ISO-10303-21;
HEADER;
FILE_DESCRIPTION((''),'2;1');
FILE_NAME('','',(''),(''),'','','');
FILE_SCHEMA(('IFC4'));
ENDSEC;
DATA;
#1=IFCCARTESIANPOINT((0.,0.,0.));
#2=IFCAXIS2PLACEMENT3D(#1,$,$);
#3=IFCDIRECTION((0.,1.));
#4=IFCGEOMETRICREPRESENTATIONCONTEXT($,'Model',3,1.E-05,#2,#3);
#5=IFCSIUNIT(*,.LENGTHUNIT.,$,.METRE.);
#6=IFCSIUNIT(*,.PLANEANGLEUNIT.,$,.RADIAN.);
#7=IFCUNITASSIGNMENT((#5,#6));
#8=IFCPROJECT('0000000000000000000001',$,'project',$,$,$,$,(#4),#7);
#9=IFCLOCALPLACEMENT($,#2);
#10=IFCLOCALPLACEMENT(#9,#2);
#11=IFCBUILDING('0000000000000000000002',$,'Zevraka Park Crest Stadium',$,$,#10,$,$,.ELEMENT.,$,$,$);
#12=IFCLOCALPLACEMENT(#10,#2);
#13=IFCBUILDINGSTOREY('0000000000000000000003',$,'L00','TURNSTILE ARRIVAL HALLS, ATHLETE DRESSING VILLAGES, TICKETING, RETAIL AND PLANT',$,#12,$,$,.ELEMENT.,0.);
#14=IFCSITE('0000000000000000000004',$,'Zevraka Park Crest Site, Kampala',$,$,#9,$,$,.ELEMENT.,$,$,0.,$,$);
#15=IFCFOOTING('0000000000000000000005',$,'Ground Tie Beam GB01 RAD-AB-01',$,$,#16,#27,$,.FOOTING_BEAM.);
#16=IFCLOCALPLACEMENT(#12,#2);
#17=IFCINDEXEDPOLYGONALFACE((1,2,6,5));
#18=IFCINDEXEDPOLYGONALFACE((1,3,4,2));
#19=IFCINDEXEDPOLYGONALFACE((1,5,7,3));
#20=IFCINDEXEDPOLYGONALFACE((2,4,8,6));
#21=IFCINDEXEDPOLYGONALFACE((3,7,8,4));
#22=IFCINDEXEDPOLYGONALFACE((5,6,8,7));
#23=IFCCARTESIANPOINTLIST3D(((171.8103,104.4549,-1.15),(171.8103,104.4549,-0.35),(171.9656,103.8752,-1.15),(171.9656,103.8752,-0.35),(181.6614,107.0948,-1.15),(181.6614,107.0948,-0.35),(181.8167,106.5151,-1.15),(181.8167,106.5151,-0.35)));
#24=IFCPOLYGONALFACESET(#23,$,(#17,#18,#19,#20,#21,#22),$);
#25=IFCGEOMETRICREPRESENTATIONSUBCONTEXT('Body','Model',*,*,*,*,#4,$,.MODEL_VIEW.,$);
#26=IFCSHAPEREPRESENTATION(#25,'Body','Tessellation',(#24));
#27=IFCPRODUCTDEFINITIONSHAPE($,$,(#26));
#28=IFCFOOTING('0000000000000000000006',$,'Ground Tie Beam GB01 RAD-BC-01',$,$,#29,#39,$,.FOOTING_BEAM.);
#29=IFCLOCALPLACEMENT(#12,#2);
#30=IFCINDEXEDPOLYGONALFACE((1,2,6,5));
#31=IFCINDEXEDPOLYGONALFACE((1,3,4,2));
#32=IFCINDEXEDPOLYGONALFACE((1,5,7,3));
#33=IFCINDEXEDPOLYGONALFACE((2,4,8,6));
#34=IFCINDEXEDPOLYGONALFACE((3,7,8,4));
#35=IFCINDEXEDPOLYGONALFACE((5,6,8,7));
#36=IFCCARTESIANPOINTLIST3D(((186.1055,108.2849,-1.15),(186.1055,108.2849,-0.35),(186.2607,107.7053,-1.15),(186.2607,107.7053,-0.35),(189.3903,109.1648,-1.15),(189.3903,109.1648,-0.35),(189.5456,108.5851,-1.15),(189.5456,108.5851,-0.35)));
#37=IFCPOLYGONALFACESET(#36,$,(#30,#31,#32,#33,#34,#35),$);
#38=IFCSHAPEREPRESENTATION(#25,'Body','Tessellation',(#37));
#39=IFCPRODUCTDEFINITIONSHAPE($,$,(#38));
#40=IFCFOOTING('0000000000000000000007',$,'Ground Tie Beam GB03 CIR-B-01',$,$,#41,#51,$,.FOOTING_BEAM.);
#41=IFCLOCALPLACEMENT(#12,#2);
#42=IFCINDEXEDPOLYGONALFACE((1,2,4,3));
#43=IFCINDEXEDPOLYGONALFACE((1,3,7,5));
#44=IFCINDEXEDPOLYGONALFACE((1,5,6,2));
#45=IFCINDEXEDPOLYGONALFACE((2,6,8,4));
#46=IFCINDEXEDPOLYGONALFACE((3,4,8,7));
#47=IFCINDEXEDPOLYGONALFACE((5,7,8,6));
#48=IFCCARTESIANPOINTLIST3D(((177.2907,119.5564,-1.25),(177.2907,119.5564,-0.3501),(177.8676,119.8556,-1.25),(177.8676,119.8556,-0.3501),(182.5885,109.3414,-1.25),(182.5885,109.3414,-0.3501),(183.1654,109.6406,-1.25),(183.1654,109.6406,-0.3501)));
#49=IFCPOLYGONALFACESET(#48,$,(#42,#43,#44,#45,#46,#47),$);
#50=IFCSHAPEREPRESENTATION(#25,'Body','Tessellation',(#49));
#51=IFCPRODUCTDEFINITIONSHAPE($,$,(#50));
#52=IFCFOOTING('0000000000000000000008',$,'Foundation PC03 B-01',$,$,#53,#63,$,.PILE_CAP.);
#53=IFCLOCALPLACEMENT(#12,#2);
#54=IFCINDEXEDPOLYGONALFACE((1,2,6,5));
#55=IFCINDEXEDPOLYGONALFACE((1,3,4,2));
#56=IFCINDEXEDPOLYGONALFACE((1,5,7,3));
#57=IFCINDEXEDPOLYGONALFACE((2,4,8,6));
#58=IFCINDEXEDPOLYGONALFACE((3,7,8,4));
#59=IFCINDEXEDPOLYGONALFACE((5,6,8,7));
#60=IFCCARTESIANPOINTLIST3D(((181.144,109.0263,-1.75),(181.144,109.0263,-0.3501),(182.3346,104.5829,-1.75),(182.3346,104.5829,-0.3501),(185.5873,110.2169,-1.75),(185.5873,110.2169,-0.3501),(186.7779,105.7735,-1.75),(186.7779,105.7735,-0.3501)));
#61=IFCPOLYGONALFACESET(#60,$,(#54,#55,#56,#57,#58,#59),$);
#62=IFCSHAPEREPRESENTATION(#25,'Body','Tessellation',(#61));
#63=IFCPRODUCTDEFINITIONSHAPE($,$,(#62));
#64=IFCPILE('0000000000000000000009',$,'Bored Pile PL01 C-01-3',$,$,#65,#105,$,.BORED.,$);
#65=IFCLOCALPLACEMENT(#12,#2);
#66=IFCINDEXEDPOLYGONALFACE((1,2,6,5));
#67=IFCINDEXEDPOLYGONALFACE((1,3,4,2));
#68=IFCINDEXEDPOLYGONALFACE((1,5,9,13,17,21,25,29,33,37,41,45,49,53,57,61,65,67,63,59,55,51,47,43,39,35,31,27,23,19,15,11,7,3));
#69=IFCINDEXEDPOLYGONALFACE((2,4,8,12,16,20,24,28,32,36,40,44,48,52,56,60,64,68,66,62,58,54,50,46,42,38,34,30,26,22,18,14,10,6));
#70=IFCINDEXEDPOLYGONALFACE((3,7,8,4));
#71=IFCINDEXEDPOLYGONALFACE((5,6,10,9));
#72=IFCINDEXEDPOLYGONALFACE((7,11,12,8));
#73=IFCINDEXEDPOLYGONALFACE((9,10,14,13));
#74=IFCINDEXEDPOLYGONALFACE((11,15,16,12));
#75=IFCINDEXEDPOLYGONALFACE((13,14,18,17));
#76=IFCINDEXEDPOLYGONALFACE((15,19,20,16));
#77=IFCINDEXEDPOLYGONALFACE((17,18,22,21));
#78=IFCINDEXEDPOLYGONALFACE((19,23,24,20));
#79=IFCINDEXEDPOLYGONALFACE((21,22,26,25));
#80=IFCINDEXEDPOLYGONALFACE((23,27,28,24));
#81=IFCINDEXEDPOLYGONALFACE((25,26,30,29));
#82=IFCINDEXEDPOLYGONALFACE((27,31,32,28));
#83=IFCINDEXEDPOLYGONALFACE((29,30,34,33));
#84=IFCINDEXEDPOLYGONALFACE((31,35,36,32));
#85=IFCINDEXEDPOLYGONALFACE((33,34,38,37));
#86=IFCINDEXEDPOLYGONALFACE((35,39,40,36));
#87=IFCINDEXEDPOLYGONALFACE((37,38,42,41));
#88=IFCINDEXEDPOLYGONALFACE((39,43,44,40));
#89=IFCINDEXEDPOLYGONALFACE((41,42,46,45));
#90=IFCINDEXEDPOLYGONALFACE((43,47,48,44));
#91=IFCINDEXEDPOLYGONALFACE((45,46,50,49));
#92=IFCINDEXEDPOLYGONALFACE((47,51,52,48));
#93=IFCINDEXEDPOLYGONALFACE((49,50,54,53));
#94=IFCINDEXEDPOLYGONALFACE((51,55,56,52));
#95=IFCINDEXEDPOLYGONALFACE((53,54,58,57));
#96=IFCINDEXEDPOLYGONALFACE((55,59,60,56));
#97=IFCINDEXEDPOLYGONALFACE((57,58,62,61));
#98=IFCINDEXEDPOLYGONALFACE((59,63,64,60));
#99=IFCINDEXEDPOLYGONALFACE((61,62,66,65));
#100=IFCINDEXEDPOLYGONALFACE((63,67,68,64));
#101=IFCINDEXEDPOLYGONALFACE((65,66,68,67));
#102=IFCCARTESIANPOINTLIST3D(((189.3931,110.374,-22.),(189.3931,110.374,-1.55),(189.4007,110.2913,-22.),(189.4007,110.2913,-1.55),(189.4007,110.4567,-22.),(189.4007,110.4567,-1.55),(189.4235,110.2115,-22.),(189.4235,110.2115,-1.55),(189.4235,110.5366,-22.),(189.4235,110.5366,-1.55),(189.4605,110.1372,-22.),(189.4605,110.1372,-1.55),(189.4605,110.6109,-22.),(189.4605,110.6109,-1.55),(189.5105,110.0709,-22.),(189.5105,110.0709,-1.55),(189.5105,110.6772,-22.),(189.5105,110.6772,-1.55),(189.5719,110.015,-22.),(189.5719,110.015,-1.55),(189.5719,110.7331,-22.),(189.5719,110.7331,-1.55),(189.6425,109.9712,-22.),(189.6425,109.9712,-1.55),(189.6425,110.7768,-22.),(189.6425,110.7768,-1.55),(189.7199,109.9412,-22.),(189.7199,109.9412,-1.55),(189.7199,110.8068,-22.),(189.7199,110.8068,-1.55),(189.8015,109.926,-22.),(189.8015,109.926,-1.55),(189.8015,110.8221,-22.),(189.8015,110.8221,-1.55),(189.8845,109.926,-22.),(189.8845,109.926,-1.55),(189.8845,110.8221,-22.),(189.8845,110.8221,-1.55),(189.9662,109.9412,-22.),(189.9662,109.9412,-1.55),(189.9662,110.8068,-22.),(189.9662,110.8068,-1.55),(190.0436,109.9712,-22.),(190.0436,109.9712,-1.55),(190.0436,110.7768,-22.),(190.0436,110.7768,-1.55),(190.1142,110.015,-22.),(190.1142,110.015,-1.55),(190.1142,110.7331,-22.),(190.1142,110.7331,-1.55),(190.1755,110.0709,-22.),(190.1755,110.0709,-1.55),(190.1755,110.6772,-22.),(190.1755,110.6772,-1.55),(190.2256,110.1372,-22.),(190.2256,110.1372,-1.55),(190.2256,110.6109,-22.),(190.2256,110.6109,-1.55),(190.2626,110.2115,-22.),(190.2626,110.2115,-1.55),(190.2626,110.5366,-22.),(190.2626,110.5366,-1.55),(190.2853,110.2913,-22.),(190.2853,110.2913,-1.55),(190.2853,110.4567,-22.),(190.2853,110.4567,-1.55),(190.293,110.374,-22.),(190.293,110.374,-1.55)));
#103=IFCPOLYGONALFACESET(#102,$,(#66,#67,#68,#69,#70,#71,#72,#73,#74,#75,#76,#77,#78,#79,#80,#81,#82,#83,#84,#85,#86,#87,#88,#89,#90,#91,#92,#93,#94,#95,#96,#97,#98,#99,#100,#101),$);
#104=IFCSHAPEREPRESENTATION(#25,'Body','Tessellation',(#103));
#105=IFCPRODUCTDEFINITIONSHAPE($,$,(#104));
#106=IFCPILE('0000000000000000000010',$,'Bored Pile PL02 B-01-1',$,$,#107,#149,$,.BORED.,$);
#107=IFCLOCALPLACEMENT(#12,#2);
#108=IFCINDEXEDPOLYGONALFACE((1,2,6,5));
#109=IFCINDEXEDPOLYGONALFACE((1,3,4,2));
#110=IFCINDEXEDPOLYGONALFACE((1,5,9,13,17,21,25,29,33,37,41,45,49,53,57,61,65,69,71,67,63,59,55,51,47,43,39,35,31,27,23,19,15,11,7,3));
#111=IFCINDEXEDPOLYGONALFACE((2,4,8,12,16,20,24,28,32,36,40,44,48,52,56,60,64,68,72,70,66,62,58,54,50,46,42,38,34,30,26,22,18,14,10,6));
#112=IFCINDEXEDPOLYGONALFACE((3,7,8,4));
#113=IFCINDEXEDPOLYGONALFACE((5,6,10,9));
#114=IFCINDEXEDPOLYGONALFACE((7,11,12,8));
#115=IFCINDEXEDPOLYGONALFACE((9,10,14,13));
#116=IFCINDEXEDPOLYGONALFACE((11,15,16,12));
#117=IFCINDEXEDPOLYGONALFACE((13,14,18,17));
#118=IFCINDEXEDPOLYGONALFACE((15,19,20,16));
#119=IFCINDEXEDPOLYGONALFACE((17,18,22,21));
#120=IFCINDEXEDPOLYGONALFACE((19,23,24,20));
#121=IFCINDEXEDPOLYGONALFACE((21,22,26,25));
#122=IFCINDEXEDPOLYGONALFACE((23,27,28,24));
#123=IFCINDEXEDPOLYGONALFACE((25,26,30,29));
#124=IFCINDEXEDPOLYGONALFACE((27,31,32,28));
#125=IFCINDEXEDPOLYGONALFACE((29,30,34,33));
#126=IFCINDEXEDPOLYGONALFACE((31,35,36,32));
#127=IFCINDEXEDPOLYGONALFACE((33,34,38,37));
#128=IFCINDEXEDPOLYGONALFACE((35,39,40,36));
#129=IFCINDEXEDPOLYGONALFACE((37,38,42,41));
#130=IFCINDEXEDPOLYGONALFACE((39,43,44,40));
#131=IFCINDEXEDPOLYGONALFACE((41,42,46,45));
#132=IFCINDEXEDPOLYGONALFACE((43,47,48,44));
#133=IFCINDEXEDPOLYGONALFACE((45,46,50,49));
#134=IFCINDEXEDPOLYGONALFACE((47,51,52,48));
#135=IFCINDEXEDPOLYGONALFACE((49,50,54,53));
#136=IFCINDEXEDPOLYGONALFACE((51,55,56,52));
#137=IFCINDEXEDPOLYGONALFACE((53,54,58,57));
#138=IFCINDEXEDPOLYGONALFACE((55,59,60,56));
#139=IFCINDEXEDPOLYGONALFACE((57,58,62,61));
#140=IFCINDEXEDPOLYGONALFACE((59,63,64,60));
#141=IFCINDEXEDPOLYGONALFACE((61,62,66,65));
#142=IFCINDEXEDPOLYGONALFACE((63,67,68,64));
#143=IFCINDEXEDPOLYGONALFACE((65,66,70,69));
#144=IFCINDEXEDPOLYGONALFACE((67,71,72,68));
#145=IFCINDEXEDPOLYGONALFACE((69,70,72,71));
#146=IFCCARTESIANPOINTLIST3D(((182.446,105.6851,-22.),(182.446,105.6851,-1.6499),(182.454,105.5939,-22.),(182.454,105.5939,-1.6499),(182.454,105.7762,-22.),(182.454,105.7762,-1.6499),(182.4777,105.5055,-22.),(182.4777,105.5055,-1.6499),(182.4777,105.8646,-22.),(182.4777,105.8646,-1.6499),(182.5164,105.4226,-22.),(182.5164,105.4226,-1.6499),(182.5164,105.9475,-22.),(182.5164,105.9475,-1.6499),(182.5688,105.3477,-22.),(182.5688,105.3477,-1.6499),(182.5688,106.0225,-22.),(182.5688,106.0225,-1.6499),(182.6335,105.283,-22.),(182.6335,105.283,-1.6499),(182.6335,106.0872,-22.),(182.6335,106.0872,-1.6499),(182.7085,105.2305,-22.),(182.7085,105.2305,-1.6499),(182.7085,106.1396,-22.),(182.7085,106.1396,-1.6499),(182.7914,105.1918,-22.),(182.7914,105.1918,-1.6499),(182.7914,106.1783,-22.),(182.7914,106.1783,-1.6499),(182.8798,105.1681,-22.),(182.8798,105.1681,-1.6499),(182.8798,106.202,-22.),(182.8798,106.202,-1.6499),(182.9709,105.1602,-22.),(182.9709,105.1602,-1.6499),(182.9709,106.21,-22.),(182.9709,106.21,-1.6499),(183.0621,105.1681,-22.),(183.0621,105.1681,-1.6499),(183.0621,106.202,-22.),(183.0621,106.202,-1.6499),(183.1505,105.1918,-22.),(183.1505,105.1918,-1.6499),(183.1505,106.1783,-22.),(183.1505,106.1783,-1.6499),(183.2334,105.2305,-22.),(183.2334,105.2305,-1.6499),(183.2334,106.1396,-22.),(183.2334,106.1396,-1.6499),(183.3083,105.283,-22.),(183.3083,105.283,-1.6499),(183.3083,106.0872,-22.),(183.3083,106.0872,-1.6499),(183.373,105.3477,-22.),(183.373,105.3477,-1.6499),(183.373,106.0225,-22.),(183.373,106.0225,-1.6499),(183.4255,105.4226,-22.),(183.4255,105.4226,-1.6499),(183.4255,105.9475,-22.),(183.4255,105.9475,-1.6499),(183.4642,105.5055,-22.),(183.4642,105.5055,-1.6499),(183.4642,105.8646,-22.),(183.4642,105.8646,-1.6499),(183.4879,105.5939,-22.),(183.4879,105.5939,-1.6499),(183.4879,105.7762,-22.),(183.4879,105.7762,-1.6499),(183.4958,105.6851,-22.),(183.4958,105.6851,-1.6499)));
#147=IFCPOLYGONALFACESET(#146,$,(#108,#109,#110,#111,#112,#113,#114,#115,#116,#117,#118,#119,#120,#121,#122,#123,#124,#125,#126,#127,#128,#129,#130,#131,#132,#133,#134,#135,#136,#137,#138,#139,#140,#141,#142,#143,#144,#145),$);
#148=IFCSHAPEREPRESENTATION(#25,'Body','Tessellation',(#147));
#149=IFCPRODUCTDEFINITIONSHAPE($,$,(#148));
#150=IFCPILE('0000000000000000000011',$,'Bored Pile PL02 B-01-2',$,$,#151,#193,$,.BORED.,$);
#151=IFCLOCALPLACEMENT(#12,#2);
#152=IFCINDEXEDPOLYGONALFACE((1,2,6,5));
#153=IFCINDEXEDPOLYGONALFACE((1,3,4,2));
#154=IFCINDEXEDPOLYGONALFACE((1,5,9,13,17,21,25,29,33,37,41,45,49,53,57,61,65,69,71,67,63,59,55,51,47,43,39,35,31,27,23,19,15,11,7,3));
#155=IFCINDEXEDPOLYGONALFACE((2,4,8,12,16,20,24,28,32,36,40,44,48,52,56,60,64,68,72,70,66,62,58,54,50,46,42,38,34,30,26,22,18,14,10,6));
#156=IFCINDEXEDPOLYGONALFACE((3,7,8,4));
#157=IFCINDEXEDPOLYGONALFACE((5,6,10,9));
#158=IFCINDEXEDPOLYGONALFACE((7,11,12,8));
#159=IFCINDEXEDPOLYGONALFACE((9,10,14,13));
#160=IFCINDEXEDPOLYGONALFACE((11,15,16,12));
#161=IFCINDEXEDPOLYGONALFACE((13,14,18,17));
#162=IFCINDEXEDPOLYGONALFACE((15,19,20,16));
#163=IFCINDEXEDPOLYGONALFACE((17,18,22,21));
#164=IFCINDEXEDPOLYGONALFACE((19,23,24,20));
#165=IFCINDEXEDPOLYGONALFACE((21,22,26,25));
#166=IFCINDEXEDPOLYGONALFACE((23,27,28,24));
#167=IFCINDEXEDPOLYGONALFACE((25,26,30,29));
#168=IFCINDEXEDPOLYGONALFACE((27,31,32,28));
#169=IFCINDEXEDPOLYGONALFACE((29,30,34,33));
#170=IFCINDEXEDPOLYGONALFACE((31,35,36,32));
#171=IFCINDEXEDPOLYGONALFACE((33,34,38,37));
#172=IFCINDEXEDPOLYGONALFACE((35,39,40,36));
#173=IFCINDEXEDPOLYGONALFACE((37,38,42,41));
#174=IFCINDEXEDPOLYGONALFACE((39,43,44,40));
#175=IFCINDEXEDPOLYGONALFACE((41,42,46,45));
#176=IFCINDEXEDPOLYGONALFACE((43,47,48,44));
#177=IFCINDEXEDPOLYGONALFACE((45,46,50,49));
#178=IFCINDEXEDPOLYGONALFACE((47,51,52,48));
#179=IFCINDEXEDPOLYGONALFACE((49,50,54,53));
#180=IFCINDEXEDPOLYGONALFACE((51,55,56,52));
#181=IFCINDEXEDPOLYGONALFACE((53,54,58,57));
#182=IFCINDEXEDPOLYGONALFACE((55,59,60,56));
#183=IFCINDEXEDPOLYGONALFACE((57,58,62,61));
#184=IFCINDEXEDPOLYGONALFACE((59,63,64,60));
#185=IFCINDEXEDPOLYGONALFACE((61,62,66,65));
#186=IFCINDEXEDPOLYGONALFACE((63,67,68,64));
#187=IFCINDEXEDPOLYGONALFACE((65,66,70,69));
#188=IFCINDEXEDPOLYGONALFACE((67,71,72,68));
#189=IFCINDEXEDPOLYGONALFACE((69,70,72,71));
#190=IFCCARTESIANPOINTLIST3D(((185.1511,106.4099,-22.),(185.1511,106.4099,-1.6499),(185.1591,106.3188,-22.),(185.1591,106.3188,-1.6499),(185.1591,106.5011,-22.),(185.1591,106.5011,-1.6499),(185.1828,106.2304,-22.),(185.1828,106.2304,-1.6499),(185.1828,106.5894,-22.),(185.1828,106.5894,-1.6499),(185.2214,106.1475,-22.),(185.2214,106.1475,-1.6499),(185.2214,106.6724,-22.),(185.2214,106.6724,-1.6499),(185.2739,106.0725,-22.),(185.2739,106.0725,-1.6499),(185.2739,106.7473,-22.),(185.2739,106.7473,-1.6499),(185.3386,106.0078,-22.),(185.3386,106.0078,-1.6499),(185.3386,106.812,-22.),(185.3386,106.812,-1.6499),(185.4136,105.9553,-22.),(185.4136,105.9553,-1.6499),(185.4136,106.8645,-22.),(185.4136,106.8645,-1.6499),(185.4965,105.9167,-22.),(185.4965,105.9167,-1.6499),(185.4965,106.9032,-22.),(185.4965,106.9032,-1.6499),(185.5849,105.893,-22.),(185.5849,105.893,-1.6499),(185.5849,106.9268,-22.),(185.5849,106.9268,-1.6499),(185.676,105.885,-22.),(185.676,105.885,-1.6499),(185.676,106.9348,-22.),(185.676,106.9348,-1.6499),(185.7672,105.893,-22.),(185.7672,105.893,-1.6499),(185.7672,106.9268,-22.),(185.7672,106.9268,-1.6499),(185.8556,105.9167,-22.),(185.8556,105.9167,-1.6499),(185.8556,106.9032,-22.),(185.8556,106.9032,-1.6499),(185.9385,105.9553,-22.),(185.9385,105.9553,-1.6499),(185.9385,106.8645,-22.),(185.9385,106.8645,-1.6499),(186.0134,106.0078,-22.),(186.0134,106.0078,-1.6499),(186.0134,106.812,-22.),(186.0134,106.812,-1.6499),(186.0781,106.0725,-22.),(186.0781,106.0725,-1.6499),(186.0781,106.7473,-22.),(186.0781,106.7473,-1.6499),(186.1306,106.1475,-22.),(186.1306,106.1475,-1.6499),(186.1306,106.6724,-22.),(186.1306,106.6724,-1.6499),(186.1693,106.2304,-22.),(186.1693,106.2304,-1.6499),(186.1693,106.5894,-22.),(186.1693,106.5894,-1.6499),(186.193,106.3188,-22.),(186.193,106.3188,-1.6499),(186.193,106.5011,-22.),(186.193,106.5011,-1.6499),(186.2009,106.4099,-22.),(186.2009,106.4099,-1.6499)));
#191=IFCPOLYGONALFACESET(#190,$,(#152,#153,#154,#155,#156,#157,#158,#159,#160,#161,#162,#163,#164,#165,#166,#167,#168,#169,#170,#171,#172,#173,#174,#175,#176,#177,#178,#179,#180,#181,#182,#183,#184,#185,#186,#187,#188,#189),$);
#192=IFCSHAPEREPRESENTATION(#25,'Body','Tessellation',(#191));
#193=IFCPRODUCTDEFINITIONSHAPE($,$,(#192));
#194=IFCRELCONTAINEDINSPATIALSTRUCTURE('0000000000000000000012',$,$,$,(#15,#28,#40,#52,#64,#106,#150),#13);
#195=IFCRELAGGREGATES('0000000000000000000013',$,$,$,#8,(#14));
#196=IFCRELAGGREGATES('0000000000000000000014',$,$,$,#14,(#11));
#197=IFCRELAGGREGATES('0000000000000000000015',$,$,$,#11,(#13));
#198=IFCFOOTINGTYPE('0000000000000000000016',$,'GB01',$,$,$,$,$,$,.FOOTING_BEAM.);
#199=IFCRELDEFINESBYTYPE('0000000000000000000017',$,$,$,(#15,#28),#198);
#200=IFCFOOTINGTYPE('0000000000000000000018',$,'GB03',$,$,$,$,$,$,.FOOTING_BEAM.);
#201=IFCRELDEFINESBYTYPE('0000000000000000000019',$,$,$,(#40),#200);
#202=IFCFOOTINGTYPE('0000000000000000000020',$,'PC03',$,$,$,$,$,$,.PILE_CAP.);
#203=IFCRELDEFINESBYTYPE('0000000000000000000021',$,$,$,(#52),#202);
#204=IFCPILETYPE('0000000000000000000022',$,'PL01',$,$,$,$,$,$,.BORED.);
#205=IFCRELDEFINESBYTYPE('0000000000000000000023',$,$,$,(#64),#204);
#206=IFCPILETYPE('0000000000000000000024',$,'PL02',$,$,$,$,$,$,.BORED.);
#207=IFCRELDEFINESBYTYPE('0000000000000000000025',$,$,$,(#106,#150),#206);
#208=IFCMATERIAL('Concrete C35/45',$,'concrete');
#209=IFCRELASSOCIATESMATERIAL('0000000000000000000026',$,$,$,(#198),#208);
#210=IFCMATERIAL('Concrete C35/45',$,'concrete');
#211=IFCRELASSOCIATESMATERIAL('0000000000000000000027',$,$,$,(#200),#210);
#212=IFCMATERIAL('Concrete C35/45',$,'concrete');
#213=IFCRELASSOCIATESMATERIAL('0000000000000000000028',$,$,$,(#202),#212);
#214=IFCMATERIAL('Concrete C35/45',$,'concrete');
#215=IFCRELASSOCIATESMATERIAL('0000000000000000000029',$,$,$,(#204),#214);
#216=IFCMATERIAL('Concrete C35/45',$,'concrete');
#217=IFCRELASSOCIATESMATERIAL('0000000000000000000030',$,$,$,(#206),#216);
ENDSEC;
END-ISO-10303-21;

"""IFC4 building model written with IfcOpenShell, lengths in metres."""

from ifc_helpers import new_model, si_unit, direction, frame, origin, origin_2d, place, context, subcontext, project, spatial, rectangle, circle, extrude, material, material_profile, profile_set, type_object, element, save


model = new_model("IFC4")

# Units and contexts
model_context = context("Model", 3, precision=1e-05, world=origin(), true_north=direction((0.0, 1.0)))
body_context = subcontext(model_context, "Body", "Model", "MODEL_VIEW")
ifc_project = project(units=[si_unit("LENGTHUNIT", "METRE"), si_unit("PLANEANGLEUNIT", "RADIAN")], contexts=[model_context])

# Site, building, storey
site_placement = place(None, origin())
site = spatial("IfcSite", under=ifc_project, at=site_placement, Name="Zevraka Park Crest Site, Kampala", CompositionType="ELEMENT", RefElevation=0.0)
building_placement = place(site_placement, origin())
building = spatial("IfcBuilding", under=site, at=building_placement, Name="Zevraka Park Crest Stadium", CompositionType="ELEMENT")
storey_placement = place(building_placement, origin())
storey = spatial("IfcBuildingStorey", under=building, at=storey_placement, Name="L00", Description="TURNSTILE ARRIVAL HALLS, ATHLETE DRESSING VILLAGES, TICKETING, RETAIL AND PLANT", CompositionType="ELEMENT", Elevation=0.0)

# Footings
ifc_material_1 = material(Name="Concrete C35/45", Category="concrete")
ifc_material_profile_1 = material_profile(ifc_material_1, rectangle(XDim=0.6001, YDim=0.8, at=origin_2d()), Name="GB 800x600")
ifc_profile_set_1 = profile_set([ifc_material_profile_1], Name="Concrete C35/45")
footing_type_1 = type_object("IfcFootingType", Name="GB01", PredefinedType="FOOTING_BEAM", material=ifc_profile_set_1)
footing_1_placement = place(storey_placement, frame((171.8879, 104.165, -0.75), z_axis=(0.965918, 0.258847, 0.0), x_axis=(-0.258847, 0.965918, 0.0)))
element("IfcFooting", 1, at=footing_1_placement, inside=storey, type_object=footing_type_1, Name="Ground Tie Beam GB01 RAD-AB-01", PredefinedType="FOOTING_BEAM", context=body_context, shape_type="SweptSolid", body=[
    extrude(rectangle(XDim=0.6001, YDim=0.8, at=origin_2d()), origin(), (0.0, 0.0, 1.0), 10.1987),
])
footing_2_placement = place(storey_placement, frame((186.1831, 107.9951, -0.75), z_axis=(0.965948, 0.258735, 0.0), x_axis=(-0.258735, 0.965948, 0.0)))
element("IfcFooting", 2, at=footing_2_placement, inside=storey, type_object=footing_type_1, Name="Ground Tie Beam GB01 RAD-BC-01", PredefinedType="FOOTING_BEAM", context=body_context, shape_type="SweptSolid", body=[
    extrude(rectangle(XDim=0.6001, YDim=0.8, at=origin_2d()), origin(), (0.0, 0.0, 1.0), 3.4006),
])
ifc_material_2 = material(Name="Concrete C35/45", Category="concrete")
ifc_material_profile_2 = material_profile(ifc_material_2, rectangle(XDim=0.6499, YDim=0.8999, at=origin_2d()), Name="GB 900x650")
ifc_profile_set_2 = profile_set([ifc_material_profile_2], Name="Concrete C35/45")
footing_type_2 = type_object("IfcFootingType", Name="GB03", PredefinedType="FOOTING_BEAM", material=ifc_profile_set_2)
footing_3_placement = place(storey_placement, frame((182.877, 109.491, -0.8), z_axis=(-0.460395, 0.887714, 0.0), x_axis=(-0.887714, -0.460395, 0.0)))
element("IfcFooting", 3, at=footing_3_placement, inside=storey, type_object=footing_type_2, Name="Ground Tie Beam GB03 CIR-B-01", PredefinedType="FOOTING_BEAM", context=body_context, shape_type="SweptSolid", body=[
    extrude(rectangle(XDim=0.6499, YDim=0.8999, at=origin_2d()), origin(), (0.0, 0.0, 1.0), 11.5071),
])
ifc_material_3 = material(Name="Concrete C35/45", Category="concrete")
footing_type_3 = type_object("IfcFootingType", Name="PC03", PredefinedType="PILE_CAP", material=ifc_material_3)
footing_4_placement = place(storey_placement, frame((183.9609, 107.3999, -1.75), z_axis=(0.0, 0.0, 1.0), x_axis=(0.965926, 0.258819, 0.0)))
element("IfcFooting", 4, at=footing_4_placement, inside=storey, type_object=footing_type_3, Name="Foundation PC03 B-01", PredefinedType="PILE_CAP", context=body_context, shape_type="SweptSolid", body=[
    extrude(rectangle(XDim=4.6001, YDim=4.6001, at=origin_2d()), origin(), (0.0, 0.0, 1.0), 1.3999),
])

# Piles
ifc_material_4 = material(Name="Concrete C35/45", Category="concrete")
ifc_material_profile_3 = material_profile(ifc_material_4, circle(Radius=0.45, at=origin_2d()), Name="PILE D900")
ifc_profile_set_3 = profile_set([ifc_material_profile_3], Name="Concrete C35/45")
pile_type_1 = type_object("IfcPileType", Name="PL01", PredefinedType="BORED", material=ifc_profile_set_3)
pile_placement = place(storey_placement, frame((189.843, 110.374, -1.55), z_axis=(0.0, 0.0, -1.0), x_axis=(1.0, 0.0, 0.0)))
element("IfcPile", 5, at=pile_placement, inside=storey, type_object=pile_type_1, Name="Bored Pile PL01 C-01-3", PredefinedType="BORED", context=body_context, shape_type="SweptSolid", body=[
    extrude(circle(Radius=0.45, at=origin_2d()), origin(), (0.0, 0.0, 1.0), 20.45),
])
ifc_material_5 = material(Name="Concrete C35/45", Category="concrete")
ifc_material_profile_4 = material_profile(ifc_material_5, circle(Radius=0.5249, at=origin_2d()), Name="PILE D1050")
ifc_profile_set_4 = profile_set([ifc_material_profile_4], Name="Concrete C35/45")
pile_type_2 = type_object("IfcPileType", Name="PL02", PredefinedType="BORED", material=ifc_profile_set_4)
for number, where, z_axis, x_axis, name in (
    (6, (182.9709, 105.6851, -1.6499), (0.0, 0.0, -1.0), (1.0, 0.0, 0.0), "Bored Pile PL02 B-01-1"),
    (7, (185.676, 106.4099, -1.6499), (0.0, 0.0, -1.0), (1.0, 0.0, 0.0), "Bored Pile PL02 B-01-2"),
):
    element("IfcPile", number, at=place(storey_placement, frame(where, z_axis=z_axis, x_axis=x_axis)), inside=storey, type_object=pile_type_2, Name=name, PredefinedType="BORED", context=body_context, shape_type="SweptSolid", body=[
        extrude(circle(Radius=0.5249, at=origin_2d()), origin(), (0.0, 0.0, 1.0), 20.3501),
    ])

save(model, "model.ifc")
